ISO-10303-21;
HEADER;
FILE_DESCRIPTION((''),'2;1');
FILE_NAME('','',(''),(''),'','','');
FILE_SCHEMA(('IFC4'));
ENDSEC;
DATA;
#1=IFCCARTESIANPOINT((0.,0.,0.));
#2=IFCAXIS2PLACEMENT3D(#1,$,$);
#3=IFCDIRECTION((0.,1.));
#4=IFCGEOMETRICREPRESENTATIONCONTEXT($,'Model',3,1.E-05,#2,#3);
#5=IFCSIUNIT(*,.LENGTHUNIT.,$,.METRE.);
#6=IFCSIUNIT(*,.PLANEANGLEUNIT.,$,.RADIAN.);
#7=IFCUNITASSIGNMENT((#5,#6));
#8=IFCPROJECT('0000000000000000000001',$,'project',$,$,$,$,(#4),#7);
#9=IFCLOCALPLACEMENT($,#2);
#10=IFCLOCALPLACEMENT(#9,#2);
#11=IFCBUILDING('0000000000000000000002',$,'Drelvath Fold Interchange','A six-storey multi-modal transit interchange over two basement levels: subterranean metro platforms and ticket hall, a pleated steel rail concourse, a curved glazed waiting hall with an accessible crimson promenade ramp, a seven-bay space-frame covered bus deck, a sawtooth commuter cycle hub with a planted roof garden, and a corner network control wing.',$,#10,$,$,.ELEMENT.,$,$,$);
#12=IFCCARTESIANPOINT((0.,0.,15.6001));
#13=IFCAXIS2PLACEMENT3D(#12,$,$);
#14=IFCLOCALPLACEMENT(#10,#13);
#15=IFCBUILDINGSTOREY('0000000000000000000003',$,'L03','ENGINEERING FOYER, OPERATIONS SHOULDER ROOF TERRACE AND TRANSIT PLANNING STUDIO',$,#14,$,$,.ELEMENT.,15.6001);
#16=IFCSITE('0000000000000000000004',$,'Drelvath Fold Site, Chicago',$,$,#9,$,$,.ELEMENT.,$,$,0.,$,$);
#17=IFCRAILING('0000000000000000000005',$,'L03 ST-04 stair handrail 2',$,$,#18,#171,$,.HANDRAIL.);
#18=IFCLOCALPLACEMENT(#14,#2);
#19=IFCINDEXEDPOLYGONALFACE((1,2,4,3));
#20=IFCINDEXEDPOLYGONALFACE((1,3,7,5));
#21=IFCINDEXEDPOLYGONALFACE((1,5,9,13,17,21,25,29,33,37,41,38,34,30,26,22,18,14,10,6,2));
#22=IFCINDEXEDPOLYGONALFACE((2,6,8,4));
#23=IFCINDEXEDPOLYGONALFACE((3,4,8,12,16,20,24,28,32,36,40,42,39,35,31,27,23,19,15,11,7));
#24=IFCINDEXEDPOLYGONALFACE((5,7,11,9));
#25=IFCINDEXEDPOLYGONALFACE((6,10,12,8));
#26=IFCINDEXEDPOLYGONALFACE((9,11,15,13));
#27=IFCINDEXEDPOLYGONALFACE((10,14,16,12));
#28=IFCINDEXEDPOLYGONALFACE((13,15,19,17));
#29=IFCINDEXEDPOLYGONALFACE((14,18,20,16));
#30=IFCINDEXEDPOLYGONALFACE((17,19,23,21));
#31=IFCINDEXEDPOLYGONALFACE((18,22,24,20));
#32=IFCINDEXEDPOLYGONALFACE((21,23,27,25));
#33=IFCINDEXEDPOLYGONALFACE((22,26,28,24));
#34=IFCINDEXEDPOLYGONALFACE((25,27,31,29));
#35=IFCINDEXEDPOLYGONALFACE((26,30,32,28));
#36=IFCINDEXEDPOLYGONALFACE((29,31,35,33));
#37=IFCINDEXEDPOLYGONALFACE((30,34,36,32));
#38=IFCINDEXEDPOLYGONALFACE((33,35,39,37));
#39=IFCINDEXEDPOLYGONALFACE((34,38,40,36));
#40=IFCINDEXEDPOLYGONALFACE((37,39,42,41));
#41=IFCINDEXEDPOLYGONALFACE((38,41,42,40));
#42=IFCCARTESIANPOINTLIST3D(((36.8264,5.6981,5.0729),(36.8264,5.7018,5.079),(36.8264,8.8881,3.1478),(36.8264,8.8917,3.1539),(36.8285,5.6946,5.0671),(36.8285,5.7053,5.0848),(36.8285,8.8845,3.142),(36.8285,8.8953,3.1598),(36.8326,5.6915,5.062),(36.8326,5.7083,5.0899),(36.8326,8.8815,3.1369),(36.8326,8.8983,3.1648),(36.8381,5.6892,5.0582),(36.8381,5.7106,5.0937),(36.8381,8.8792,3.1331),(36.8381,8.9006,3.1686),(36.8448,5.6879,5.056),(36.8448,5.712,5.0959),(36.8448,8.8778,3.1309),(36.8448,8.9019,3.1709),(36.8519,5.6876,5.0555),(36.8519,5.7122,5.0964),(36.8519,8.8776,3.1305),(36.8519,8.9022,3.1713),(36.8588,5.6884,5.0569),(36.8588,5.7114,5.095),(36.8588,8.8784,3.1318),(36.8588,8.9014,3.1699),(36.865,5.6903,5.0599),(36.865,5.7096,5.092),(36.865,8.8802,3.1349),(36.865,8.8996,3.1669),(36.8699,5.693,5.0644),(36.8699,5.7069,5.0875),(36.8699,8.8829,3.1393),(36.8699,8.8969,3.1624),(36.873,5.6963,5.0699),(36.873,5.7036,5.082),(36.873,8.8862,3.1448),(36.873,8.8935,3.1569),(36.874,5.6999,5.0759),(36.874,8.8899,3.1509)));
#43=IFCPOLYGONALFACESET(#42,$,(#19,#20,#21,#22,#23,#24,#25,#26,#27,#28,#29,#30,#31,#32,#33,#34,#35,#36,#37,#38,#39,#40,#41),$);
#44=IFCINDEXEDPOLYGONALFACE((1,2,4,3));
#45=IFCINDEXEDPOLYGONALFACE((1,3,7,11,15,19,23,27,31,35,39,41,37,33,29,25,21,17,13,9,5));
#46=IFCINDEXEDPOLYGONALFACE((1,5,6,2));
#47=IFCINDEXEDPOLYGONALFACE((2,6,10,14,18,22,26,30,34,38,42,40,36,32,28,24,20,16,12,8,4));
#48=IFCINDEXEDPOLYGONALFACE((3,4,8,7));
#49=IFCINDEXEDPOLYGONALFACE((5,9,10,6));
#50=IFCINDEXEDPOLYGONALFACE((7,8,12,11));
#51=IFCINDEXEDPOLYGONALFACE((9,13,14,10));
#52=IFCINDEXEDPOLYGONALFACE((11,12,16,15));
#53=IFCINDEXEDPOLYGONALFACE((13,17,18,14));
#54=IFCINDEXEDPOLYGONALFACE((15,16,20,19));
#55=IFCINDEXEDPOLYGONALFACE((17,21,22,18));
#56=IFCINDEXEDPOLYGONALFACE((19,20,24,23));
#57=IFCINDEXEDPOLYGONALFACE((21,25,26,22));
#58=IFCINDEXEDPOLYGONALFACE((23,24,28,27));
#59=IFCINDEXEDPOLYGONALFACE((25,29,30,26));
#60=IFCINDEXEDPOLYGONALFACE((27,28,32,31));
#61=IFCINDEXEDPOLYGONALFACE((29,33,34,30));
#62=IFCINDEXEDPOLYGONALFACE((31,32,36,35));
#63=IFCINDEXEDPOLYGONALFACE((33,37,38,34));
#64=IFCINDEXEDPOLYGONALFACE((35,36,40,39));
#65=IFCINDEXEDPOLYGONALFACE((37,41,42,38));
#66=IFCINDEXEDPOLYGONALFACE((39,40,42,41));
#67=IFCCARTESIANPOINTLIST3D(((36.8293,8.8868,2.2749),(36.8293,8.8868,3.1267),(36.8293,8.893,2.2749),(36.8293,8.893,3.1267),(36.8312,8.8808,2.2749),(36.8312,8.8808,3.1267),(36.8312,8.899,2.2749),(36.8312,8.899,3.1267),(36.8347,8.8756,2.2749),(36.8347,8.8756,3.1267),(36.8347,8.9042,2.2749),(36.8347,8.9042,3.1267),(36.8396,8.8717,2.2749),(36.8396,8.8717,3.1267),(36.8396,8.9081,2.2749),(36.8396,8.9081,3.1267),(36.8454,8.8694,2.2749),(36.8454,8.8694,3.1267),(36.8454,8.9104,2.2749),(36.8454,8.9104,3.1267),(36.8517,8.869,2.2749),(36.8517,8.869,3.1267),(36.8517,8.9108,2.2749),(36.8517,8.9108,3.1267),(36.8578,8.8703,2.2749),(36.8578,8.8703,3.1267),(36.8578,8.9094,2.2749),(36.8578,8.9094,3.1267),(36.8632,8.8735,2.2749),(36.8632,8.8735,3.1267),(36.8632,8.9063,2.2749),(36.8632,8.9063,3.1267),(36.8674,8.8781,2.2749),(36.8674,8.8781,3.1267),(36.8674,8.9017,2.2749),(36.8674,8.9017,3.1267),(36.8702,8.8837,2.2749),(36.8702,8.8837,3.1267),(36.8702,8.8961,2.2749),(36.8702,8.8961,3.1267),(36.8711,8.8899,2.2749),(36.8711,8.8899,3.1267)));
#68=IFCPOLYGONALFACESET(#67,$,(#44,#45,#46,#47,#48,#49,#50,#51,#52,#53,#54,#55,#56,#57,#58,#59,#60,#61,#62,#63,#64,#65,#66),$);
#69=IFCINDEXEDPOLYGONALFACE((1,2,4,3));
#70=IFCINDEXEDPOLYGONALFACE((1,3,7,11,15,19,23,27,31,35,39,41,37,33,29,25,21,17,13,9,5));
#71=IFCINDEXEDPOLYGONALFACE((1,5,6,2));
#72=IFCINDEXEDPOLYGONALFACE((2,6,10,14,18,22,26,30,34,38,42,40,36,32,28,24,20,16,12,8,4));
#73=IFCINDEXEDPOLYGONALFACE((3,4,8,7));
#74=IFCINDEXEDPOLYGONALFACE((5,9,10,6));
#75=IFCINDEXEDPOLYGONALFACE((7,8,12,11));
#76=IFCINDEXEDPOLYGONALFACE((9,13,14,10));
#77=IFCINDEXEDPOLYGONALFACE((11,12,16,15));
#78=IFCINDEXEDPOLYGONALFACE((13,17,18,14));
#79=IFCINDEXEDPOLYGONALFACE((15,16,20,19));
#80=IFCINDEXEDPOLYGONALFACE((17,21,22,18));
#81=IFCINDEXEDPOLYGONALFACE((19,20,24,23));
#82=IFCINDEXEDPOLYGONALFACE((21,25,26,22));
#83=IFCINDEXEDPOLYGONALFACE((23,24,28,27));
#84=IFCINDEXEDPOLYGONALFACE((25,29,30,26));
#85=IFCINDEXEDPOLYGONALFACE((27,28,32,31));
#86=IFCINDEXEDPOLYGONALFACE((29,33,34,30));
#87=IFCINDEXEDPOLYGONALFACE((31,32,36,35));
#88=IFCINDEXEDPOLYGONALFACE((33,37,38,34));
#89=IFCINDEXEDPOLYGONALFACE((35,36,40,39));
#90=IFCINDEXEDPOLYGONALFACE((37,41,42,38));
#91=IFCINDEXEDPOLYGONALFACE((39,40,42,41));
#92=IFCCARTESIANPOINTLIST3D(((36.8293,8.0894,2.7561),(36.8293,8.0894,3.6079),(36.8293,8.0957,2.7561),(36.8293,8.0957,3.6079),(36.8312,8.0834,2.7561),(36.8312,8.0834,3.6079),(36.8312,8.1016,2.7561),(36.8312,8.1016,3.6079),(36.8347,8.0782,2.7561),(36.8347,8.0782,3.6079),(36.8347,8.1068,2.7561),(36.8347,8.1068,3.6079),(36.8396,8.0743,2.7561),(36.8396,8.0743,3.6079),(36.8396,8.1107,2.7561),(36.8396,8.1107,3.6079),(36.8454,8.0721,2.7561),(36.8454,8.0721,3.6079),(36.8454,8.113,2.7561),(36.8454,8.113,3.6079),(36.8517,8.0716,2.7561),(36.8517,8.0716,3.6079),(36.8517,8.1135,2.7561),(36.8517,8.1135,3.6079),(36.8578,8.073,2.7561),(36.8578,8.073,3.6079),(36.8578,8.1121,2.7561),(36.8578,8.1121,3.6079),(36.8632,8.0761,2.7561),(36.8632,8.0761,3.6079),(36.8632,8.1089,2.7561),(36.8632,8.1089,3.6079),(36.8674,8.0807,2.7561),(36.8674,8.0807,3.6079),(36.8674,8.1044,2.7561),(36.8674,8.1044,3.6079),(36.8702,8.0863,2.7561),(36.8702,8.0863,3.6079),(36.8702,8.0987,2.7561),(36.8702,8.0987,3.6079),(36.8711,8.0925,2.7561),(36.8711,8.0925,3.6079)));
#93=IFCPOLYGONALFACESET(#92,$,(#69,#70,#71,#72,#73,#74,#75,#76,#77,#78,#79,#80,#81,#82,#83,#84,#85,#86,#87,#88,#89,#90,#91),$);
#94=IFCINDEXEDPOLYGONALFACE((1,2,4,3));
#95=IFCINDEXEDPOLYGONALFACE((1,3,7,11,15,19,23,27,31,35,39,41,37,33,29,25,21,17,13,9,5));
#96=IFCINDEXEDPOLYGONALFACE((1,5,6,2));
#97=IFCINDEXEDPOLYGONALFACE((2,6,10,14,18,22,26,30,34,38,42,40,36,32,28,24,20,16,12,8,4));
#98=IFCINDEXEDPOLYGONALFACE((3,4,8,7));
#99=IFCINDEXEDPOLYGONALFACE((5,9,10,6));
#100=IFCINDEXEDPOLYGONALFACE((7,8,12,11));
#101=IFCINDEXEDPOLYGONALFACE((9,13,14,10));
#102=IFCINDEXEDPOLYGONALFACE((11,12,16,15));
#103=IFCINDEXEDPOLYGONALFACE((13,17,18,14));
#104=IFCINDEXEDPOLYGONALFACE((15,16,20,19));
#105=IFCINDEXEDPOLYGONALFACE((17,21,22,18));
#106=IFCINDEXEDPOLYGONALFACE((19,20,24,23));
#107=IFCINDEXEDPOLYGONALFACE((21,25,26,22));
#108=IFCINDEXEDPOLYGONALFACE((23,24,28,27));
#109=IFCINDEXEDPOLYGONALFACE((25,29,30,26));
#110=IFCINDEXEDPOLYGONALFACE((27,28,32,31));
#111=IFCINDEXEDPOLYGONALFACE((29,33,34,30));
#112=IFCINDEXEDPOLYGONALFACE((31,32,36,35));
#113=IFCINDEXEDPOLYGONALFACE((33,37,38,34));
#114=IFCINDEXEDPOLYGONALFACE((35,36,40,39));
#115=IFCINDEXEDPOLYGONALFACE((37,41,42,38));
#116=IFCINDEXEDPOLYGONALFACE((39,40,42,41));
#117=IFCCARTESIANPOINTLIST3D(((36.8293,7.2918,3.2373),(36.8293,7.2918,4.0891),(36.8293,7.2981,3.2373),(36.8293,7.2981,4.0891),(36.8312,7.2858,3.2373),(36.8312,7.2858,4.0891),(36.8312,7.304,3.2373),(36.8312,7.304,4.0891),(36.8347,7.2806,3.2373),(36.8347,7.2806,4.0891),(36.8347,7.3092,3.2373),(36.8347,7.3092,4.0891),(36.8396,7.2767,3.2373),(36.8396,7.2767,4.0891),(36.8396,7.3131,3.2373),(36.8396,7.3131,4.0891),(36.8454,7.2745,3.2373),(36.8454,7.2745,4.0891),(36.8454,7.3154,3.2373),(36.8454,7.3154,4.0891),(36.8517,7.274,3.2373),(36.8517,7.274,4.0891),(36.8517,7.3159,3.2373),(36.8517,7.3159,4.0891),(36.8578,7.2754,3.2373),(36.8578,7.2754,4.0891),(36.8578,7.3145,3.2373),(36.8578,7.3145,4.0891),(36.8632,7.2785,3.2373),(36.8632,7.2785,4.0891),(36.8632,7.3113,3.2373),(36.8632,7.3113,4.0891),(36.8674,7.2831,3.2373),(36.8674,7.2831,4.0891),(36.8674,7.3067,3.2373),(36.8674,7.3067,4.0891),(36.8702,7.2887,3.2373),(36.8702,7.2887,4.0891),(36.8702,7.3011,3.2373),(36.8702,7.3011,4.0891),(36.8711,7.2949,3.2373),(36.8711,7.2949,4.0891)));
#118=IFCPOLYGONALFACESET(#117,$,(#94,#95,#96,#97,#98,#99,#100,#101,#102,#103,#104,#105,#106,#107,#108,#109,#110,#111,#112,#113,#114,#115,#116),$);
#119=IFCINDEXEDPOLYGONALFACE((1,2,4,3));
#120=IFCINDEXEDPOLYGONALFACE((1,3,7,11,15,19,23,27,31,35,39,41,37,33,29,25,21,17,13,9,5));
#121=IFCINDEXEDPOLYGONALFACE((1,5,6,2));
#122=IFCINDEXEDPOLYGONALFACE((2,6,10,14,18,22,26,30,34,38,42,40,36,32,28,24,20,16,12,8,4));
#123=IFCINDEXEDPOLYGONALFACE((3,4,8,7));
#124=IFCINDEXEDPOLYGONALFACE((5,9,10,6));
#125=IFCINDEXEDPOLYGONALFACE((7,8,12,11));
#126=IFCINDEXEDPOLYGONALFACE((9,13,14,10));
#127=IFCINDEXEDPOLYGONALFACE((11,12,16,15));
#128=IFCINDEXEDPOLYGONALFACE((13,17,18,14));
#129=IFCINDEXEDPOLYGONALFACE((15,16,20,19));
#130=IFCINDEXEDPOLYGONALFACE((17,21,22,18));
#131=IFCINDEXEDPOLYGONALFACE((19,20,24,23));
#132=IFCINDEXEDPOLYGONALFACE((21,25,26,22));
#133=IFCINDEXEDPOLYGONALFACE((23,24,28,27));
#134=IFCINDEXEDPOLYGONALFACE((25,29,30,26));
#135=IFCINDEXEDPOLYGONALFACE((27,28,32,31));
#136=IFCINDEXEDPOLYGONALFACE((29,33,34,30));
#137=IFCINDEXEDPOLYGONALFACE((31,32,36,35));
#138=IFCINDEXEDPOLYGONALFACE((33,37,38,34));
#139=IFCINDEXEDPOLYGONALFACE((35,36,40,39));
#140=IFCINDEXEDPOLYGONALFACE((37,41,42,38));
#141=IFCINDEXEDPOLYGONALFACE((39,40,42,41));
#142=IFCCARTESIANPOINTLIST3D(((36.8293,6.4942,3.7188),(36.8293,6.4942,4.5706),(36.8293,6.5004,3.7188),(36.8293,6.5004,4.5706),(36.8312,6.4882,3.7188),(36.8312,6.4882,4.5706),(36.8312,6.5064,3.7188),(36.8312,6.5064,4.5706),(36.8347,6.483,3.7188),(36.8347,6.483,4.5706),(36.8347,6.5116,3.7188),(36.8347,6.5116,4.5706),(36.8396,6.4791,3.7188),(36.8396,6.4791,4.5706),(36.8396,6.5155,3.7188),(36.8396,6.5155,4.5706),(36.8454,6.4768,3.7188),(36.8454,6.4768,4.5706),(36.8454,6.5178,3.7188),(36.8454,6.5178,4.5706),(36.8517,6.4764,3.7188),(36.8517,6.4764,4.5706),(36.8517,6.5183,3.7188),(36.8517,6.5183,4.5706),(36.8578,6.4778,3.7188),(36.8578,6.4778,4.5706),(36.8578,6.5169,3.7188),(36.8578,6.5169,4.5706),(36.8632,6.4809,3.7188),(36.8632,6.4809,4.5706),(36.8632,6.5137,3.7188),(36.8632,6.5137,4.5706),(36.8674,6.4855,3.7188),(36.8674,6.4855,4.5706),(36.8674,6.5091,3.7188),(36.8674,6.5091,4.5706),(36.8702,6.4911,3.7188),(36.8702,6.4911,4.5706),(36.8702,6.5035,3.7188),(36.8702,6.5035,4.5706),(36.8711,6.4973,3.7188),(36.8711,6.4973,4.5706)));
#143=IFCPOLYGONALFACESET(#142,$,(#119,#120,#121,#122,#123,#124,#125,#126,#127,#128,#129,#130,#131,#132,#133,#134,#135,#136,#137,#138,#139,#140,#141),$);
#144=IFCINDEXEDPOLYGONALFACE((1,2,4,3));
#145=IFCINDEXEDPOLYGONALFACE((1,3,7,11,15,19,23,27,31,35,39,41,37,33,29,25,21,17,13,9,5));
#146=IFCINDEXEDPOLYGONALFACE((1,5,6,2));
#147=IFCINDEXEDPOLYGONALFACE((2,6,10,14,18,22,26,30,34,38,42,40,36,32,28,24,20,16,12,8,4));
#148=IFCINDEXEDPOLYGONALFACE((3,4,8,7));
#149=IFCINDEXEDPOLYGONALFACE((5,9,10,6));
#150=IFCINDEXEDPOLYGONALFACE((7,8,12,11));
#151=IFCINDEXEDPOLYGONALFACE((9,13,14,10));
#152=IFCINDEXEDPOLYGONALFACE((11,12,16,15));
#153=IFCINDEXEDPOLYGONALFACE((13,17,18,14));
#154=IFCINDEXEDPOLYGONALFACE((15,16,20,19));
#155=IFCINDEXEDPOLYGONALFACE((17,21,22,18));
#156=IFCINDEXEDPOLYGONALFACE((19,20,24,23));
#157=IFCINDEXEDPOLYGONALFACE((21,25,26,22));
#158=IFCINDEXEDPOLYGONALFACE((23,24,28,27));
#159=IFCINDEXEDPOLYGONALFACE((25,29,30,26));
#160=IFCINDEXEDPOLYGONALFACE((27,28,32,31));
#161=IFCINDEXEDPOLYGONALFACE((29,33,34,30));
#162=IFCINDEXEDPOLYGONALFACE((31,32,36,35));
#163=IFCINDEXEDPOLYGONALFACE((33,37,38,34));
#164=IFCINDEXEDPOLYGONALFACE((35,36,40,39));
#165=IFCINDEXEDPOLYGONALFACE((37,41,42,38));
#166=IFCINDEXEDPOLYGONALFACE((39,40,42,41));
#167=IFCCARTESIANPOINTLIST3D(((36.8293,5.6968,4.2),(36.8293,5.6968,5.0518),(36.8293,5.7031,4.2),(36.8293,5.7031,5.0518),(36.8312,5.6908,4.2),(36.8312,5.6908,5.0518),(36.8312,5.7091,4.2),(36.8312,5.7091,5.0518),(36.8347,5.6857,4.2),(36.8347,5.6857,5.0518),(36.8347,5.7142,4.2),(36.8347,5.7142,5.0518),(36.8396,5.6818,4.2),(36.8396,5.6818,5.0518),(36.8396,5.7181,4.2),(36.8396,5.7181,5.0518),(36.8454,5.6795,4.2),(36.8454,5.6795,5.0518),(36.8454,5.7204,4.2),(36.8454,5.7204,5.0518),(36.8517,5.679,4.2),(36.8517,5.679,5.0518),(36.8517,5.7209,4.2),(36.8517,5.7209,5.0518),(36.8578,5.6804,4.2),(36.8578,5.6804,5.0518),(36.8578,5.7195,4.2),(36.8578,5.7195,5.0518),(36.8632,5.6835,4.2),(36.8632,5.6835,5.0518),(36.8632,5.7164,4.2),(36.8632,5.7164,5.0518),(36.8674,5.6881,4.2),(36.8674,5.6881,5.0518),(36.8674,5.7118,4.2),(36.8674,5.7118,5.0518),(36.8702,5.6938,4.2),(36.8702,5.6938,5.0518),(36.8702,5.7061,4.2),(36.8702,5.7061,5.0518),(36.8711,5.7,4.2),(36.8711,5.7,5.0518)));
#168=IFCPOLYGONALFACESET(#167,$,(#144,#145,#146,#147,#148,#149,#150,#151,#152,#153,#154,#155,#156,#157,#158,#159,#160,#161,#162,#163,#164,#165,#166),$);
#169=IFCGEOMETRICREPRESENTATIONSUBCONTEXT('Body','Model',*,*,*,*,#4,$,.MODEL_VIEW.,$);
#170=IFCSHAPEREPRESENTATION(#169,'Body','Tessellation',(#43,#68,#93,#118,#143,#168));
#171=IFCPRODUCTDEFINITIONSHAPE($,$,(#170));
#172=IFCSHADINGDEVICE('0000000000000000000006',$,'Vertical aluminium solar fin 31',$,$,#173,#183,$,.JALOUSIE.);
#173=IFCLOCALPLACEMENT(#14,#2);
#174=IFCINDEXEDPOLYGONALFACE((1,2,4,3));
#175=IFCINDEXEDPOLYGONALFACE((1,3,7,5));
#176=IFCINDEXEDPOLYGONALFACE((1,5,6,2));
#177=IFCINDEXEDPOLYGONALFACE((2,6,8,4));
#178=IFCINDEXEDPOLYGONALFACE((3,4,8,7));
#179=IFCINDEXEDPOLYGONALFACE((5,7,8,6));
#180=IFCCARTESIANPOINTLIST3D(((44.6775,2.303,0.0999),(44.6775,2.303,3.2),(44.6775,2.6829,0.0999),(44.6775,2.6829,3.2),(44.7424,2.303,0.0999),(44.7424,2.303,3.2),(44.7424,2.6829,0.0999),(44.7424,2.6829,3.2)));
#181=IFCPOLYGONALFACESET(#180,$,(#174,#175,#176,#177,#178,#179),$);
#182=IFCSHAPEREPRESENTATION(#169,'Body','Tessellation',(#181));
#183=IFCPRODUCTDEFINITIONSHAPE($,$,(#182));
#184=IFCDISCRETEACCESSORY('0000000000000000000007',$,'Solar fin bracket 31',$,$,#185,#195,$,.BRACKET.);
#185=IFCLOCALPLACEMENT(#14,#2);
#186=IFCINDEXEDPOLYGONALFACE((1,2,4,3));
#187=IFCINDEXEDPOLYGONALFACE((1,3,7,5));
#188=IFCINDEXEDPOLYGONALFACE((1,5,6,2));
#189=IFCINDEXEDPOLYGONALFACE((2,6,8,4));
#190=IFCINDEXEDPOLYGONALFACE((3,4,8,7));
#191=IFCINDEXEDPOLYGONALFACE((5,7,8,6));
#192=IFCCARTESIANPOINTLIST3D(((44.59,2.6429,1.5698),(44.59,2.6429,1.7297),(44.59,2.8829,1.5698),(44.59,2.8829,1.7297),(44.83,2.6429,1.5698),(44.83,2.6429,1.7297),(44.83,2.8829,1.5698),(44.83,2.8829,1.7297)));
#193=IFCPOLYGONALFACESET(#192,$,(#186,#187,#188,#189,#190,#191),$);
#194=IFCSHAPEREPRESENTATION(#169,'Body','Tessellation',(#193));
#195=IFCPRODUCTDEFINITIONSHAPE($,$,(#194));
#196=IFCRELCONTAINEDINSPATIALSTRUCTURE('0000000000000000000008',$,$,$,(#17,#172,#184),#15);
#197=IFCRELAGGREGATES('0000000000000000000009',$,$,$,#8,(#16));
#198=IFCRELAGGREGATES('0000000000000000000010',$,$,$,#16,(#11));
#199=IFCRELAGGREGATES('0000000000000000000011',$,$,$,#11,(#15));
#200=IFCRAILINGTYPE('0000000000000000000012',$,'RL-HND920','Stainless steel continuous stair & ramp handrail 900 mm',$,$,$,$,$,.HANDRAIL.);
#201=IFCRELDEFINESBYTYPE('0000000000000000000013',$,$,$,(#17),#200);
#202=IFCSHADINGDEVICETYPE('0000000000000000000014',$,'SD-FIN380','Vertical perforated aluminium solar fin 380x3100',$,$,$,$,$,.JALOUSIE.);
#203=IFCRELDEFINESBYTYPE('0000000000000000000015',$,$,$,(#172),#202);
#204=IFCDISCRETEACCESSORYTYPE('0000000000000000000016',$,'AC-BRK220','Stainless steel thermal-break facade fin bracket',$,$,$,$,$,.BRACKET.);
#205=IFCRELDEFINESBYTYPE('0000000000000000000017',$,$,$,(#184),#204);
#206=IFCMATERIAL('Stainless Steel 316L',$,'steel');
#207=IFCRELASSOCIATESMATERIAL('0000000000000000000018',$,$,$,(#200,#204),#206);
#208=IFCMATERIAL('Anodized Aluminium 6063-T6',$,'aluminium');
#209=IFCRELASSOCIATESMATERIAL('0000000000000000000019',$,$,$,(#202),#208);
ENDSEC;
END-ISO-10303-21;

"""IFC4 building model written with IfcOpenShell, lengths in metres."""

from ifc_helpers import new_model, si_unit, direction, frame, origin, origin_2d, place, context, subcontext, project, spatial, rectangle, circle, extrude, material, type_object, element, save


model = new_model("IFC4")

# Units and contexts
model_context = context("Model", 3, precision=1e-05, world=origin(), true_north=direction((0.0, 1.0)))
body_context = subcontext(model_context, "Body", "Model", "MODEL_VIEW")
ifc_project = project(units=[si_unit("LENGTHUNIT", "METRE"), si_unit("PLANEANGLEUNIT", "RADIAN")], contexts=[model_context])

# Site, building, storey
site_placement = place(None, origin())
site = spatial("IfcSite", under=ifc_project, at=site_placement, Name="Drelvath Fold Site, Chicago", CompositionType="ELEMENT", RefElevation=0.0)
building_placement = place(site_placement, origin())
building = spatial("IfcBuilding", under=site, at=building_placement, Name="Drelvath Fold Interchange", Description="A six-storey multi-modal transit interchange over two basement levels: subterranean metro platforms and ticket hall, a pleated steel rail concourse, a curved glazed waiting hall with an accessible crimson promenade ramp, a seven-bay space-frame covered bus deck, a sawtooth commuter cycle hub with a planted roof garden, and a corner network control wing.", CompositionType="ELEMENT")
storey_placement = place(building_placement, frame((0.0, 0.0, 15.6001)))
storey = spatial("IfcBuildingStorey", under=building, at=storey_placement, Name="L03", Description="ENGINEERING FOYER, OPERATIONS SHOULDER ROOF TERRACE AND TRANSIT PLANNING STUDIO", CompositionType="ELEMENT", Elevation=15.6001)

# Railing
ifc_material_1 = material(Name="Stainless Steel 316L", Category="steel")
railing_type_1 = type_object("IfcRailingType", Name="RL-HND920", Description="Stainless steel continuous stair & ramp handrail 900 mm", PredefinedType="HANDRAIL", material=ifc_material_1)
railing_1_placement = place(storey_placement, frame((36.8501, 8.8899, 2.2749)))
element("IfcRailing", 1, at=railing_1_placement, inside=storey, type_object=railing_type_1, Name="L03 ST-04 stair handrail 2", PredefinedType="HANDRAIL", context=body_context, shape_type="SweptSolid", body=[
    extrude(circle(Radius=0.0239, at=origin_2d()), frame((0.0, 0.0, 0.876), z_axis=(0.0, -0.856178, 0.516682), x_axis=(1.0, 0.0, 0.0)), (0.0, 0.0, 1.0), 3.7258),
    extrude(circle(Radius=0.021, at=origin_2d()), origin(), (0.0, 0.0, 1.0), 0.8518),
    extrude(circle(Radius=0.021, at=origin_2d()), frame((0.0, -0.7974, 0.4812)), (0.0, 0.0, 1.0), 0.8518),
    extrude(circle(Radius=0.021, at=origin_2d()), frame((0.0, -1.595, 0.9624)), (0.0, 0.0, 1.0), 0.8518),
    extrude(circle(Radius=0.021, at=origin_2d()), frame((0.0, -2.3926, 1.4438)), (0.0, 0.0, 1.0), 0.8518),
    extrude(circle(Radius=0.021, at=origin_2d()), frame((0.0, -3.1899, 1.925)), (0.0, 0.0, 1.0), 0.8518),
])

# Shading device
ifc_material_2 = material(Name="Anodized Aluminium 6063-T6", Category="aluminium")
shading_device_type = type_object("IfcShadingDeviceType", Name="SD-FIN380", Description="Vertical perforated aluminium solar fin 380x3100", PredefinedType="JALOUSIE", material=ifc_material_2)
shading_device_placement = place(storey_placement, frame((44.71, 2.4929, 0.0999), z_axis=(0.0, 0.0, 1.0), x_axis=(0.0, 1.0, 0.0)))
element("IfcShadingDevice", 2, at=shading_device_placement, inside=storey, type_object=shading_device_type, Name="Vertical aluminium solar fin 31", PredefinedType="JALOUSIE", context=body_context, shape_type="SweptSolid", body=[
    extrude(rectangle(XDim=0.3799, YDim=0.0649, at=origin_2d()), origin(), (0.0, 0.0, 1.0), 3.1001),
])

# Discrete accessory
discrete_accessory_type = type_object("IfcDiscreteAccessoryType", Name="AC-BRK220", Description="Stainless steel thermal-break facade fin bracket", PredefinedType="BRACKET", material=ifc_material_1)
discrete_accessory_placement = place(storey_placement, frame((44.71, 2.7629, 1.5698), z_axis=(0.0, 0.0, 1.0), x_axis=(0.0, 1.0, 0.0)))
element("IfcDiscreteAccessory", 3, at=discrete_accessory_placement, inside=storey, type_object=discrete_accessory_type, Name="Solar fin bracket 31", PredefinedType="BRACKET", context=body_context, shape_type="SweptSolid", body=[
    extrude(rectangle(XDim=0.24, YDim=0.24, at=origin_2d()), origin(), (0.0, 0.0, 1.0), 0.1599),
])

save(model, "model.ifc")
